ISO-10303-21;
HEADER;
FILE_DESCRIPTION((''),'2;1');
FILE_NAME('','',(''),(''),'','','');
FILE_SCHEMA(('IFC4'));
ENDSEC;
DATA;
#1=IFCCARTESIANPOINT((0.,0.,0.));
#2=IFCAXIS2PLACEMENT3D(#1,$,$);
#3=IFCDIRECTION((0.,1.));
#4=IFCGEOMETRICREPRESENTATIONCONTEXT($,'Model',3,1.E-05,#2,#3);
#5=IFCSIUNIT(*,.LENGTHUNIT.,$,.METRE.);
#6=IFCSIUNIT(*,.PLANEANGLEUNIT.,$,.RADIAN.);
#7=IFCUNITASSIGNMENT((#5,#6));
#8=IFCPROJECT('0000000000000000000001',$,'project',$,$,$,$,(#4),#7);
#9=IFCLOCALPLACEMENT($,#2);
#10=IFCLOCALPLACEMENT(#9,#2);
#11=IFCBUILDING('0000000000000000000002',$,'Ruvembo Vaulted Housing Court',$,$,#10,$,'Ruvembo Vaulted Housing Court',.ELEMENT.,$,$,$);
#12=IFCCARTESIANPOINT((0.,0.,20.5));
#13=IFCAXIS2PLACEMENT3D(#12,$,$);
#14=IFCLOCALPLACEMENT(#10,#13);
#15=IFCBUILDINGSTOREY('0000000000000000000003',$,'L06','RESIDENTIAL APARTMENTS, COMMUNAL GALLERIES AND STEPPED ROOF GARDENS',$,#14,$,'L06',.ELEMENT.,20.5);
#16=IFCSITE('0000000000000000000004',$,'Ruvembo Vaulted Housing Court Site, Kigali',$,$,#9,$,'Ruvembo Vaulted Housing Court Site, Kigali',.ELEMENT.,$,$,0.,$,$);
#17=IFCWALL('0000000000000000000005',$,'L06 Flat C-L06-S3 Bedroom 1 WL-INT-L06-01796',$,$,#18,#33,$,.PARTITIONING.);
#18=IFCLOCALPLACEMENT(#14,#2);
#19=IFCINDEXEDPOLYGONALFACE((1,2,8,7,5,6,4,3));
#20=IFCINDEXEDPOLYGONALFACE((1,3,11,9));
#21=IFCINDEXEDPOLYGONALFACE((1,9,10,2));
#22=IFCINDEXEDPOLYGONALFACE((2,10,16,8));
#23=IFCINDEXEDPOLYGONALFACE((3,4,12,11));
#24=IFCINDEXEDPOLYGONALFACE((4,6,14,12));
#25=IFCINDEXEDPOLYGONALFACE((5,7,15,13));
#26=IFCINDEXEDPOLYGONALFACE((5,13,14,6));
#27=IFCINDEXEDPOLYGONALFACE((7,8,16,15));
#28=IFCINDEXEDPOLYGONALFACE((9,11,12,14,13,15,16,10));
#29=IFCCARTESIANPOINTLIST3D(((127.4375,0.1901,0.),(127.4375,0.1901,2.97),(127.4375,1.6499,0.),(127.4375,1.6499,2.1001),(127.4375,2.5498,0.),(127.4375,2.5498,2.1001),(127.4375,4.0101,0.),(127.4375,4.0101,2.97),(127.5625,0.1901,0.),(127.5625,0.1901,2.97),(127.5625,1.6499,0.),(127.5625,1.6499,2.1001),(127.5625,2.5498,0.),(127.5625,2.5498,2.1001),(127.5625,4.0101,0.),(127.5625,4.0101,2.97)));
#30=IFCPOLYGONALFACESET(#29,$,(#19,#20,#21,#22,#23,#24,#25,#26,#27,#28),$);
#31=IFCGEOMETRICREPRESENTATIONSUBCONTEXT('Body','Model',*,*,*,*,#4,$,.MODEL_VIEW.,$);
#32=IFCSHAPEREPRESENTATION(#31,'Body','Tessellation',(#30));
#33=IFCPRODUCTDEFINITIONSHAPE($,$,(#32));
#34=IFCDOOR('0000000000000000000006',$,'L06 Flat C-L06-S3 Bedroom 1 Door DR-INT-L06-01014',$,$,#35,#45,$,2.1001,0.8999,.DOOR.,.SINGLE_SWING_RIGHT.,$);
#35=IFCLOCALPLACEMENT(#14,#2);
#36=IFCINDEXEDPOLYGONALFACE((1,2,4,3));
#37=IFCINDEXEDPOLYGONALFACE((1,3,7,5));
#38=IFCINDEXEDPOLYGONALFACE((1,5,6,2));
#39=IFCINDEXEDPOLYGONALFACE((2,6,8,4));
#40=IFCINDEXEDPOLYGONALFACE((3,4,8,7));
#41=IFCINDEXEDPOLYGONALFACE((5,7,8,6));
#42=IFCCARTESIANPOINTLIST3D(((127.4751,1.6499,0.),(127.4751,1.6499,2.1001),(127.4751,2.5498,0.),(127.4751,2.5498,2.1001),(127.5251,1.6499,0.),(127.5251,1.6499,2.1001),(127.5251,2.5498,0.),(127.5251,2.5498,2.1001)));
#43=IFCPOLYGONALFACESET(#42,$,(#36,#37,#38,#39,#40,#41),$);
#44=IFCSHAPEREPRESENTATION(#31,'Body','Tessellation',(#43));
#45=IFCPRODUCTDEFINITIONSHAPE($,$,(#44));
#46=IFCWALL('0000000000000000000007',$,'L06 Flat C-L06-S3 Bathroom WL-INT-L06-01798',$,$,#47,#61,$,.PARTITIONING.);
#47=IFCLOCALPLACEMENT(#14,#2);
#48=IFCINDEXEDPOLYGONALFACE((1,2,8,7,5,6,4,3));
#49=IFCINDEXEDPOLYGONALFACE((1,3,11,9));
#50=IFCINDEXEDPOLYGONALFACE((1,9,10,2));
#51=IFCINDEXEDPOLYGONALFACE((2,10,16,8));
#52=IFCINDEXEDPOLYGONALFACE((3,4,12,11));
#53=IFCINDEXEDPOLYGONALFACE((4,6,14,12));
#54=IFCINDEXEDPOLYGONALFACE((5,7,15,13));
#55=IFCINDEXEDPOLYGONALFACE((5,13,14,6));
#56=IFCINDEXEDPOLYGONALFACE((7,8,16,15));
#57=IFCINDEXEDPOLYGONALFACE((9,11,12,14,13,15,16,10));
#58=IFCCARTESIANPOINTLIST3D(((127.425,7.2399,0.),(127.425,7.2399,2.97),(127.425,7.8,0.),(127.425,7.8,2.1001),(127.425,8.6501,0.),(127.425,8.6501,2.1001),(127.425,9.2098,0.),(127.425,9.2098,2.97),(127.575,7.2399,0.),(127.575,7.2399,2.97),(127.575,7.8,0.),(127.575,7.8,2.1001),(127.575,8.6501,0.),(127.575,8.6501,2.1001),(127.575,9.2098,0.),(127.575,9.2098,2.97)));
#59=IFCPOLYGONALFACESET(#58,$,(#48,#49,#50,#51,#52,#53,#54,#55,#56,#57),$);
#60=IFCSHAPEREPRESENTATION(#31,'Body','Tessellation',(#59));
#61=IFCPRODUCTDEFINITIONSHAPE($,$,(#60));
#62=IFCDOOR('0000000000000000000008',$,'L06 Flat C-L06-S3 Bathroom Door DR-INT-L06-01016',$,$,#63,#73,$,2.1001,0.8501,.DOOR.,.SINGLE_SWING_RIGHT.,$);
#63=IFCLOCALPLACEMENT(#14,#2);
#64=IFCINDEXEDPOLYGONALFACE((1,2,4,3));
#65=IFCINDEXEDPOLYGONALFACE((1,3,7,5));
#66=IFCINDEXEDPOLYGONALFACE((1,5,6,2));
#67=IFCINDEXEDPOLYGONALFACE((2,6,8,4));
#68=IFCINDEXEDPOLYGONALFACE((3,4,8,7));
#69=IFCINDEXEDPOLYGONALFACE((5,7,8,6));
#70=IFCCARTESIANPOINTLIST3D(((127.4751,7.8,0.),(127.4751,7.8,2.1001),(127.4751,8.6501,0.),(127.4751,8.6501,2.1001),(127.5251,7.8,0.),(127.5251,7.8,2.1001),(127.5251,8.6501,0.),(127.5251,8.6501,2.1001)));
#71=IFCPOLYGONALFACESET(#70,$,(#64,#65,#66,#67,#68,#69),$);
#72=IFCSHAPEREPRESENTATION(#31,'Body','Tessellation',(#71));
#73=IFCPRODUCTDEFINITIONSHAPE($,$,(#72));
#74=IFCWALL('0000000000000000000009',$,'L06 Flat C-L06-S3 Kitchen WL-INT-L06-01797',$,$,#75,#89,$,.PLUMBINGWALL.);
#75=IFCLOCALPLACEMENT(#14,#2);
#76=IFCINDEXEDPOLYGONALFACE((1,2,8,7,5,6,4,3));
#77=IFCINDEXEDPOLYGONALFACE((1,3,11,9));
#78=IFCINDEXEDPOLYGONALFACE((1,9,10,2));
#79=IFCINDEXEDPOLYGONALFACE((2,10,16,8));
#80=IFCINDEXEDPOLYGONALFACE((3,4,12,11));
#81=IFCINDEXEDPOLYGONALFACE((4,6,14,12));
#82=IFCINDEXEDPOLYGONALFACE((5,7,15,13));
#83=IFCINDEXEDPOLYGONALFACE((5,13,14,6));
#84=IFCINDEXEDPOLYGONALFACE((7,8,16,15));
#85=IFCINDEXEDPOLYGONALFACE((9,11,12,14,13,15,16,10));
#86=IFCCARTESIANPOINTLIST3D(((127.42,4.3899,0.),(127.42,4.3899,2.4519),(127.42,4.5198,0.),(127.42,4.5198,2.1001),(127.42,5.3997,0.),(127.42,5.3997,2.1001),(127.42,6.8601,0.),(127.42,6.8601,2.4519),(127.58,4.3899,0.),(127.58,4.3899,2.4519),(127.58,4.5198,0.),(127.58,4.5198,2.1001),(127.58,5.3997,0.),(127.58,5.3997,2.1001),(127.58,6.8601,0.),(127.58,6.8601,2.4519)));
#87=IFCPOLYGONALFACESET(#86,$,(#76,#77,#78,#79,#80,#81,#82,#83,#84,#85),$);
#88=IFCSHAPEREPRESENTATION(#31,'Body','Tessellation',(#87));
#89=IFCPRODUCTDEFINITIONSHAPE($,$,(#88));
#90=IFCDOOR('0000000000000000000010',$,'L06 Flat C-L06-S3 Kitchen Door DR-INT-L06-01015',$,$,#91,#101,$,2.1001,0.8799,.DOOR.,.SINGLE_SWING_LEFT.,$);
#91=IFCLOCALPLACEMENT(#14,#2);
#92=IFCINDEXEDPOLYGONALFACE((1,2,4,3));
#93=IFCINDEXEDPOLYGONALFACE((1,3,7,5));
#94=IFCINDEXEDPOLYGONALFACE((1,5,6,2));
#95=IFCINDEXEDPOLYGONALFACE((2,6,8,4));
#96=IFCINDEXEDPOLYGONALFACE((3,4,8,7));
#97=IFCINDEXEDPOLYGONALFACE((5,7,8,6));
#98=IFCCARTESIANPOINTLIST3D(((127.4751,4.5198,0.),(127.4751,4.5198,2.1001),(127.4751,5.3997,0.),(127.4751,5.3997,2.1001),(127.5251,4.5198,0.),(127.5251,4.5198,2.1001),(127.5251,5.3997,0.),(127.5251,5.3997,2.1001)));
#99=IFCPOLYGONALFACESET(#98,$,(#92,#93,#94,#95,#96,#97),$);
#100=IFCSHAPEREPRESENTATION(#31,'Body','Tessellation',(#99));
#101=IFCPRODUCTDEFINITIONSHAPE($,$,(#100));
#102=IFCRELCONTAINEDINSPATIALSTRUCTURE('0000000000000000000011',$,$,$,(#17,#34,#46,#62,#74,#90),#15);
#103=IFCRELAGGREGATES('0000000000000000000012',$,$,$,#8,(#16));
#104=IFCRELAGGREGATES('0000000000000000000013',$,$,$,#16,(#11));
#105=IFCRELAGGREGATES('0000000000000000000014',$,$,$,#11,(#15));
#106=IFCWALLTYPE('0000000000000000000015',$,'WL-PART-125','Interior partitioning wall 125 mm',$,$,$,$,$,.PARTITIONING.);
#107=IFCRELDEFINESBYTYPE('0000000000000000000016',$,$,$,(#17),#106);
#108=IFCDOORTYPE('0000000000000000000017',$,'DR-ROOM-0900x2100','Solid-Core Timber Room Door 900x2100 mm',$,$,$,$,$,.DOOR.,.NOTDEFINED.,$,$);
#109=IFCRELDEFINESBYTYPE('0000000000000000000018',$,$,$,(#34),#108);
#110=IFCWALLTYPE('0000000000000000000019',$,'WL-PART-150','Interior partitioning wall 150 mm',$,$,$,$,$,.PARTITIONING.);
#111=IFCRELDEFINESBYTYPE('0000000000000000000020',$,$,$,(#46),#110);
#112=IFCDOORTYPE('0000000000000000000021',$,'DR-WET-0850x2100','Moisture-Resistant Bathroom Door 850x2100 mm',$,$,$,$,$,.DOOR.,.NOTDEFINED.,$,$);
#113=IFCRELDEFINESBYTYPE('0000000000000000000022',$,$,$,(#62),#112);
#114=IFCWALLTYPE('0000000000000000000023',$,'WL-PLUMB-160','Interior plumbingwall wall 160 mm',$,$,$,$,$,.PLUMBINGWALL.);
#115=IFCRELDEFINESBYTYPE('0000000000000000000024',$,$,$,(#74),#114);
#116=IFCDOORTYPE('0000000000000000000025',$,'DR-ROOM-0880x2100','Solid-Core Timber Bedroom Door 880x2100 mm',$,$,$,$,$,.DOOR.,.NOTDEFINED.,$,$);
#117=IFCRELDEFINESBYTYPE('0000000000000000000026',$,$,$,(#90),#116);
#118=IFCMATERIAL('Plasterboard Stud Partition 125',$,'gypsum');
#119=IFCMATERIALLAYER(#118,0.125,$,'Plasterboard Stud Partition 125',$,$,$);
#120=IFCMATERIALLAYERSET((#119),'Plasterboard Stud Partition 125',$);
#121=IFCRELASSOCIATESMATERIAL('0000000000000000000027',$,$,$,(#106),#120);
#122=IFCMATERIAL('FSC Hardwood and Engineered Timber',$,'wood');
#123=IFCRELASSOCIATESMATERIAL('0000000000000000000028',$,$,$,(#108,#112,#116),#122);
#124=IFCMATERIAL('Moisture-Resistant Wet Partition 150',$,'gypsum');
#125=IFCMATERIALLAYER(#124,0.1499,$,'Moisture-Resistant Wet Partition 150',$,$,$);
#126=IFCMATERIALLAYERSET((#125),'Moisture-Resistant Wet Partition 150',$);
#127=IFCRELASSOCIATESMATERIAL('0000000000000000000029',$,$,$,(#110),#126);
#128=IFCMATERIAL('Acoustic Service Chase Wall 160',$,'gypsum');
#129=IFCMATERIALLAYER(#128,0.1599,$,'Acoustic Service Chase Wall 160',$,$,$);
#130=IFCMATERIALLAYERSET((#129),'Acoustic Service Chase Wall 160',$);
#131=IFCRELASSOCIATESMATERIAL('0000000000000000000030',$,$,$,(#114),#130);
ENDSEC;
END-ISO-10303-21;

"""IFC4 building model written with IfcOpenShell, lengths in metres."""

from ifc_helpers import new_model, si_unit, direction, frame, frame_2d, origin, place, context, subcontext, project, spatial, rectangle, extrude, material, layer, layer_set, type_object, element, fill, save


model = new_model("IFC4")

# Units and contexts
model_context = context("Model", 3, precision=1e-05, world=origin(), true_north=direction((0.0, 1.0)))
body_context = subcontext(model_context, "Body", "Model", "MODEL_VIEW")
ifc_project = project(units=[si_unit("LENGTHUNIT", "METRE"), si_unit("PLANEANGLEUNIT", "RADIAN")], contexts=[model_context])

# Site, building, storey
site_placement = place(None, origin())
site = spatial("IfcSite", under=ifc_project, at=site_placement, Name="Ruvembo Vaulted Housing Court Site, Kigali", LongName="Ruvembo Vaulted Housing Court Site, Kigali", CompositionType="ELEMENT", RefElevation=0.0)
building_placement = place(site_placement, origin())
building = spatial("IfcBuilding", under=site, at=building_placement, Name="Ruvembo Vaulted Housing Court", LongName="Ruvembo Vaulted Housing Court", CompositionType="ELEMENT")
storey_placement = place(building_placement, frame((0.0, 0.0, 20.5)))
storey = spatial("IfcBuildingStorey", under=building, at=storey_placement, Name="L06", Description="RESIDENTIAL APARTMENTS, COMMUNAL GALLERIES AND STEPPED ROOF GARDENS", LongName="L06", CompositionType="ELEMENT", Elevation=20.5)

# Walls, openings, doors
ifc_material_1 = material(Name="Plasterboard Stud Partition 125", Category="gypsum")
ifc_layer_1 = layer(ifc_material_1, 0.125, Name="Plasterboard Stud Partition 125")
ifc_layer_set_1 = layer_set([ifc_layer_1], Name="Plasterboard Stud Partition 125")
wall_type_1 = type_object("IfcWallType", Name="WL-PART-125", Description="Interior partitioning wall 125 mm", PredefinedType="PARTITIONING", material=ifc_layer_set_1)
wall_1_placement = place(storey_placement, frame((127.5, 0.1899, 0.0), z_axis=(0.0, 0.0, 1.0), x_axis=(0.0, 1.0, 0.0)))
wall_1 = element("IfcWall", 1, at=wall_1_placement, inside=storey, type_object=wall_type_1, Name="L06 Flat C-L06-S3 Bedroom 1 WL-INT-L06-01796", PredefinedType="PARTITIONING", context=body_context, shape_type="SweptSolid", body=[
    extrude(rectangle(XDim=3.8201, YDim=0.125, at=frame_2d((1.9102, 0.0))), origin(), (0.0, 0.0, 1.0), 2.97),
])
opening_1_placement = place(wall_1_placement, frame((1.46, 0.0, 0.0)))
opening_1 = element("IfcOpeningElement", 2, at=opening_1_placement, cuts=wall_1, PredefinedType="OPENING", context=body_context, shape_type="SweptSolid", body=[
    extrude(rectangle(XDim=0.8999, YDim=2.1001, at=frame_2d((0.45, 1.05))), frame((0.0, 0.0725, 0.0), z_axis=(0.0, -1.0, 0.0), x_axis=(1.0, 0.0, 0.0)), (0.0, 0.0, 1.0), 0.145),
])
ifc_material_2 = material(Name="FSC Hardwood and Engineered Timber", Category="wood")
door_type_1 = type_object("IfcDoorType", Name="DR-ROOM-0900x2100", Description="Solid-Core Timber Room Door 900x2100 mm", OperationType="NOTDEFINED", PredefinedType="DOOR", material=ifc_material_2)
door_1_placement = place(opening_1_placement, origin())
door_1 = element("IfcDoor", 3, at=door_1_placement, inside=storey, type_object=door_type_1, Name="L06 Flat C-L06-S3 Bedroom 1 Door DR-INT-L06-01014", OperationType="SINGLE_SWING_RIGHT", OverallHeight=2.1001, OverallWidth=0.8999, PredefinedType="DOOR", context=body_context, shape_type="SweptSolid", body=[
    extrude(rectangle(XDim=0.8999, YDim=2.1001, at=frame_2d((0.45, 1.05))), frame((0.0, 0.0249, 0.0), z_axis=(0.0, -1.0, 0.0), x_axis=(1.0, 0.0, 0.0)), (0.0, 0.0, 1.0), 0.05),
])
fill(opening_1, door_1)
ifc_material_3 = material(Name="Moisture-Resistant Wet Partition 150", Category="gypsum")
ifc_layer_2 = layer(ifc_material_3, 0.1499, Name="Moisture-Resistant Wet Partition 150")
ifc_layer_set_2 = layer_set([ifc_layer_2], Name="Moisture-Resistant Wet Partition 150")
wall_type_2 = type_object("IfcWallType", Name="WL-PART-150", Description="Interior partitioning wall 150 mm", PredefinedType="PARTITIONING", material=ifc_layer_set_2)
wall_2_placement = place(storey_placement, frame((127.5, 7.24, 0.0), z_axis=(0.0, 0.0, 1.0), x_axis=(0.0, 1.0, 0.0)))
wall_2 = element("IfcWall", 4, at=wall_2_placement, inside=storey, type_object=wall_type_2, Name="L06 Flat C-L06-S3 Bathroom WL-INT-L06-01798", PredefinedType="PARTITIONING", context=body_context, shape_type="SweptSolid", body=[
    extrude(rectangle(XDim=1.97, YDim=0.1499, at=frame_2d((0.9849, 0.0))), origin(), (0.0, 0.0, 1.0), 2.97),
])
opening_2_placement = place(wall_2_placement, frame((0.5601, 0.0, 0.0)))
opening_2 = element("IfcOpeningElement", 5, at=opening_2_placement, cuts=wall_2, PredefinedType="OPENING", context=body_context, shape_type="SweptSolid", body=[
    extrude(rectangle(XDim=0.8501, YDim=2.1001, at=frame_2d((0.425, 1.05))), frame((0.0, 0.085, 0.0), z_axis=(0.0, -1.0, 0.0), x_axis=(1.0, 0.0, 0.0)), (0.0, 0.0, 1.0), 0.1699),
])
door_type_2 = type_object("IfcDoorType", Name="DR-WET-0850x2100", Description="Moisture-Resistant Bathroom Door 850x2100 mm", OperationType="NOTDEFINED", PredefinedType="DOOR", material=ifc_material_2)
door_2_placement = place(opening_2_placement, origin())
door_2 = element("IfcDoor", 6, at=door_2_placement, inside=storey, type_object=door_type_2, Name="L06 Flat C-L06-S3 Bathroom Door DR-INT-L06-01016", OperationType="SINGLE_SWING_RIGHT", OverallHeight=2.1001, OverallWidth=0.8501, PredefinedType="DOOR", context=body_context, shape_type="SweptSolid", body=[
    extrude(rectangle(XDim=0.8501, YDim=2.1001, at=frame_2d((0.425, 1.05))), frame((0.0, 0.0249, 0.0), z_axis=(0.0, -1.0, 0.0), x_axis=(1.0, 0.0, 0.0)), (0.0, 0.0, 1.0), 0.05),
])
fill(opening_2, door_2)
ifc_material_4 = material(Name="Acoustic Service Chase Wall 160", Category="gypsum")
ifc_layer_3 = layer(ifc_material_4, 0.1599, Name="Acoustic Service Chase Wall 160")
ifc_layer_set_3 = layer_set([ifc_layer_3], Name="Acoustic Service Chase Wall 160")
wall_type_3 = type_object("IfcWallType", Name="WL-PLUMB-160", Description="Interior plumbingwall wall 160 mm", PredefinedType="PLUMBINGWALL", material=ifc_layer_set_3)
wall_3_placement = place(storey_placement, frame((127.5, 4.3899, 0.0), z_axis=(0.0, 0.0, 1.0), x_axis=(0.0, 1.0, 0.0)))
wall_3 = element("IfcWall", 7, at=wall_3_placement, inside=storey, type_object=wall_type_3, Name="L06 Flat C-L06-S3 Kitchen WL-INT-L06-01797", PredefinedType="PLUMBINGWALL", context=body_context, shape_type="SweptSolid", body=[
    extrude(rectangle(XDim=2.4702, YDim=0.1599, at=frame_2d((1.2351, 0.0))), origin(), (0.0, 0.0, 1.0), 2.4519),
])
opening_3_placement = place(wall_3_placement, frame((0.1299, 0.0, 0.0)))
opening_3 = element("IfcOpeningElement", 8, at=opening_3_placement, cuts=wall_3, PredefinedType="OPENING", context=body_context, shape_type="SweptSolid", body=[
    extrude(rectangle(XDim=0.8799, YDim=2.1001, at=frame_2d((0.4399, 1.05))), frame((0.0, 0.0898, 0.0), z_axis=(0.0, -1.0, 0.0), x_axis=(1.0, 0.0, 0.0)), (0.0, 0.0, 1.0), 0.1799),
])
door_type_3 = type_object("IfcDoorType", Name="DR-ROOM-0880x2100", Description="Solid-Core Timber Bedroom Door 880x2100 mm", OperationType="NOTDEFINED", PredefinedType="DOOR", material=ifc_material_2)
door_3_placement = place(opening_3_placement, origin())
door_3 = element("IfcDoor", 9, at=door_3_placement, inside=storey, type_object=door_type_3, Name="L06 Flat C-L06-S3 Kitchen Door DR-INT-L06-01015", OperationType="SINGLE_SWING_LEFT", OverallHeight=2.1001, OverallWidth=0.8799, PredefinedType="DOOR", context=body_context, shape_type="SweptSolid", body=[
    extrude(rectangle(XDim=0.8799, YDim=2.1001, at=frame_2d((0.4399, 1.05))), frame((0.0, 0.0249, 0.0), z_axis=(0.0, -1.0, 0.0), x_axis=(1.0, 0.0, 0.0)), (0.0, 0.0, 1.0), 0.05),
])
fill(opening_3, door_3)

save(model, "model.ifc")
